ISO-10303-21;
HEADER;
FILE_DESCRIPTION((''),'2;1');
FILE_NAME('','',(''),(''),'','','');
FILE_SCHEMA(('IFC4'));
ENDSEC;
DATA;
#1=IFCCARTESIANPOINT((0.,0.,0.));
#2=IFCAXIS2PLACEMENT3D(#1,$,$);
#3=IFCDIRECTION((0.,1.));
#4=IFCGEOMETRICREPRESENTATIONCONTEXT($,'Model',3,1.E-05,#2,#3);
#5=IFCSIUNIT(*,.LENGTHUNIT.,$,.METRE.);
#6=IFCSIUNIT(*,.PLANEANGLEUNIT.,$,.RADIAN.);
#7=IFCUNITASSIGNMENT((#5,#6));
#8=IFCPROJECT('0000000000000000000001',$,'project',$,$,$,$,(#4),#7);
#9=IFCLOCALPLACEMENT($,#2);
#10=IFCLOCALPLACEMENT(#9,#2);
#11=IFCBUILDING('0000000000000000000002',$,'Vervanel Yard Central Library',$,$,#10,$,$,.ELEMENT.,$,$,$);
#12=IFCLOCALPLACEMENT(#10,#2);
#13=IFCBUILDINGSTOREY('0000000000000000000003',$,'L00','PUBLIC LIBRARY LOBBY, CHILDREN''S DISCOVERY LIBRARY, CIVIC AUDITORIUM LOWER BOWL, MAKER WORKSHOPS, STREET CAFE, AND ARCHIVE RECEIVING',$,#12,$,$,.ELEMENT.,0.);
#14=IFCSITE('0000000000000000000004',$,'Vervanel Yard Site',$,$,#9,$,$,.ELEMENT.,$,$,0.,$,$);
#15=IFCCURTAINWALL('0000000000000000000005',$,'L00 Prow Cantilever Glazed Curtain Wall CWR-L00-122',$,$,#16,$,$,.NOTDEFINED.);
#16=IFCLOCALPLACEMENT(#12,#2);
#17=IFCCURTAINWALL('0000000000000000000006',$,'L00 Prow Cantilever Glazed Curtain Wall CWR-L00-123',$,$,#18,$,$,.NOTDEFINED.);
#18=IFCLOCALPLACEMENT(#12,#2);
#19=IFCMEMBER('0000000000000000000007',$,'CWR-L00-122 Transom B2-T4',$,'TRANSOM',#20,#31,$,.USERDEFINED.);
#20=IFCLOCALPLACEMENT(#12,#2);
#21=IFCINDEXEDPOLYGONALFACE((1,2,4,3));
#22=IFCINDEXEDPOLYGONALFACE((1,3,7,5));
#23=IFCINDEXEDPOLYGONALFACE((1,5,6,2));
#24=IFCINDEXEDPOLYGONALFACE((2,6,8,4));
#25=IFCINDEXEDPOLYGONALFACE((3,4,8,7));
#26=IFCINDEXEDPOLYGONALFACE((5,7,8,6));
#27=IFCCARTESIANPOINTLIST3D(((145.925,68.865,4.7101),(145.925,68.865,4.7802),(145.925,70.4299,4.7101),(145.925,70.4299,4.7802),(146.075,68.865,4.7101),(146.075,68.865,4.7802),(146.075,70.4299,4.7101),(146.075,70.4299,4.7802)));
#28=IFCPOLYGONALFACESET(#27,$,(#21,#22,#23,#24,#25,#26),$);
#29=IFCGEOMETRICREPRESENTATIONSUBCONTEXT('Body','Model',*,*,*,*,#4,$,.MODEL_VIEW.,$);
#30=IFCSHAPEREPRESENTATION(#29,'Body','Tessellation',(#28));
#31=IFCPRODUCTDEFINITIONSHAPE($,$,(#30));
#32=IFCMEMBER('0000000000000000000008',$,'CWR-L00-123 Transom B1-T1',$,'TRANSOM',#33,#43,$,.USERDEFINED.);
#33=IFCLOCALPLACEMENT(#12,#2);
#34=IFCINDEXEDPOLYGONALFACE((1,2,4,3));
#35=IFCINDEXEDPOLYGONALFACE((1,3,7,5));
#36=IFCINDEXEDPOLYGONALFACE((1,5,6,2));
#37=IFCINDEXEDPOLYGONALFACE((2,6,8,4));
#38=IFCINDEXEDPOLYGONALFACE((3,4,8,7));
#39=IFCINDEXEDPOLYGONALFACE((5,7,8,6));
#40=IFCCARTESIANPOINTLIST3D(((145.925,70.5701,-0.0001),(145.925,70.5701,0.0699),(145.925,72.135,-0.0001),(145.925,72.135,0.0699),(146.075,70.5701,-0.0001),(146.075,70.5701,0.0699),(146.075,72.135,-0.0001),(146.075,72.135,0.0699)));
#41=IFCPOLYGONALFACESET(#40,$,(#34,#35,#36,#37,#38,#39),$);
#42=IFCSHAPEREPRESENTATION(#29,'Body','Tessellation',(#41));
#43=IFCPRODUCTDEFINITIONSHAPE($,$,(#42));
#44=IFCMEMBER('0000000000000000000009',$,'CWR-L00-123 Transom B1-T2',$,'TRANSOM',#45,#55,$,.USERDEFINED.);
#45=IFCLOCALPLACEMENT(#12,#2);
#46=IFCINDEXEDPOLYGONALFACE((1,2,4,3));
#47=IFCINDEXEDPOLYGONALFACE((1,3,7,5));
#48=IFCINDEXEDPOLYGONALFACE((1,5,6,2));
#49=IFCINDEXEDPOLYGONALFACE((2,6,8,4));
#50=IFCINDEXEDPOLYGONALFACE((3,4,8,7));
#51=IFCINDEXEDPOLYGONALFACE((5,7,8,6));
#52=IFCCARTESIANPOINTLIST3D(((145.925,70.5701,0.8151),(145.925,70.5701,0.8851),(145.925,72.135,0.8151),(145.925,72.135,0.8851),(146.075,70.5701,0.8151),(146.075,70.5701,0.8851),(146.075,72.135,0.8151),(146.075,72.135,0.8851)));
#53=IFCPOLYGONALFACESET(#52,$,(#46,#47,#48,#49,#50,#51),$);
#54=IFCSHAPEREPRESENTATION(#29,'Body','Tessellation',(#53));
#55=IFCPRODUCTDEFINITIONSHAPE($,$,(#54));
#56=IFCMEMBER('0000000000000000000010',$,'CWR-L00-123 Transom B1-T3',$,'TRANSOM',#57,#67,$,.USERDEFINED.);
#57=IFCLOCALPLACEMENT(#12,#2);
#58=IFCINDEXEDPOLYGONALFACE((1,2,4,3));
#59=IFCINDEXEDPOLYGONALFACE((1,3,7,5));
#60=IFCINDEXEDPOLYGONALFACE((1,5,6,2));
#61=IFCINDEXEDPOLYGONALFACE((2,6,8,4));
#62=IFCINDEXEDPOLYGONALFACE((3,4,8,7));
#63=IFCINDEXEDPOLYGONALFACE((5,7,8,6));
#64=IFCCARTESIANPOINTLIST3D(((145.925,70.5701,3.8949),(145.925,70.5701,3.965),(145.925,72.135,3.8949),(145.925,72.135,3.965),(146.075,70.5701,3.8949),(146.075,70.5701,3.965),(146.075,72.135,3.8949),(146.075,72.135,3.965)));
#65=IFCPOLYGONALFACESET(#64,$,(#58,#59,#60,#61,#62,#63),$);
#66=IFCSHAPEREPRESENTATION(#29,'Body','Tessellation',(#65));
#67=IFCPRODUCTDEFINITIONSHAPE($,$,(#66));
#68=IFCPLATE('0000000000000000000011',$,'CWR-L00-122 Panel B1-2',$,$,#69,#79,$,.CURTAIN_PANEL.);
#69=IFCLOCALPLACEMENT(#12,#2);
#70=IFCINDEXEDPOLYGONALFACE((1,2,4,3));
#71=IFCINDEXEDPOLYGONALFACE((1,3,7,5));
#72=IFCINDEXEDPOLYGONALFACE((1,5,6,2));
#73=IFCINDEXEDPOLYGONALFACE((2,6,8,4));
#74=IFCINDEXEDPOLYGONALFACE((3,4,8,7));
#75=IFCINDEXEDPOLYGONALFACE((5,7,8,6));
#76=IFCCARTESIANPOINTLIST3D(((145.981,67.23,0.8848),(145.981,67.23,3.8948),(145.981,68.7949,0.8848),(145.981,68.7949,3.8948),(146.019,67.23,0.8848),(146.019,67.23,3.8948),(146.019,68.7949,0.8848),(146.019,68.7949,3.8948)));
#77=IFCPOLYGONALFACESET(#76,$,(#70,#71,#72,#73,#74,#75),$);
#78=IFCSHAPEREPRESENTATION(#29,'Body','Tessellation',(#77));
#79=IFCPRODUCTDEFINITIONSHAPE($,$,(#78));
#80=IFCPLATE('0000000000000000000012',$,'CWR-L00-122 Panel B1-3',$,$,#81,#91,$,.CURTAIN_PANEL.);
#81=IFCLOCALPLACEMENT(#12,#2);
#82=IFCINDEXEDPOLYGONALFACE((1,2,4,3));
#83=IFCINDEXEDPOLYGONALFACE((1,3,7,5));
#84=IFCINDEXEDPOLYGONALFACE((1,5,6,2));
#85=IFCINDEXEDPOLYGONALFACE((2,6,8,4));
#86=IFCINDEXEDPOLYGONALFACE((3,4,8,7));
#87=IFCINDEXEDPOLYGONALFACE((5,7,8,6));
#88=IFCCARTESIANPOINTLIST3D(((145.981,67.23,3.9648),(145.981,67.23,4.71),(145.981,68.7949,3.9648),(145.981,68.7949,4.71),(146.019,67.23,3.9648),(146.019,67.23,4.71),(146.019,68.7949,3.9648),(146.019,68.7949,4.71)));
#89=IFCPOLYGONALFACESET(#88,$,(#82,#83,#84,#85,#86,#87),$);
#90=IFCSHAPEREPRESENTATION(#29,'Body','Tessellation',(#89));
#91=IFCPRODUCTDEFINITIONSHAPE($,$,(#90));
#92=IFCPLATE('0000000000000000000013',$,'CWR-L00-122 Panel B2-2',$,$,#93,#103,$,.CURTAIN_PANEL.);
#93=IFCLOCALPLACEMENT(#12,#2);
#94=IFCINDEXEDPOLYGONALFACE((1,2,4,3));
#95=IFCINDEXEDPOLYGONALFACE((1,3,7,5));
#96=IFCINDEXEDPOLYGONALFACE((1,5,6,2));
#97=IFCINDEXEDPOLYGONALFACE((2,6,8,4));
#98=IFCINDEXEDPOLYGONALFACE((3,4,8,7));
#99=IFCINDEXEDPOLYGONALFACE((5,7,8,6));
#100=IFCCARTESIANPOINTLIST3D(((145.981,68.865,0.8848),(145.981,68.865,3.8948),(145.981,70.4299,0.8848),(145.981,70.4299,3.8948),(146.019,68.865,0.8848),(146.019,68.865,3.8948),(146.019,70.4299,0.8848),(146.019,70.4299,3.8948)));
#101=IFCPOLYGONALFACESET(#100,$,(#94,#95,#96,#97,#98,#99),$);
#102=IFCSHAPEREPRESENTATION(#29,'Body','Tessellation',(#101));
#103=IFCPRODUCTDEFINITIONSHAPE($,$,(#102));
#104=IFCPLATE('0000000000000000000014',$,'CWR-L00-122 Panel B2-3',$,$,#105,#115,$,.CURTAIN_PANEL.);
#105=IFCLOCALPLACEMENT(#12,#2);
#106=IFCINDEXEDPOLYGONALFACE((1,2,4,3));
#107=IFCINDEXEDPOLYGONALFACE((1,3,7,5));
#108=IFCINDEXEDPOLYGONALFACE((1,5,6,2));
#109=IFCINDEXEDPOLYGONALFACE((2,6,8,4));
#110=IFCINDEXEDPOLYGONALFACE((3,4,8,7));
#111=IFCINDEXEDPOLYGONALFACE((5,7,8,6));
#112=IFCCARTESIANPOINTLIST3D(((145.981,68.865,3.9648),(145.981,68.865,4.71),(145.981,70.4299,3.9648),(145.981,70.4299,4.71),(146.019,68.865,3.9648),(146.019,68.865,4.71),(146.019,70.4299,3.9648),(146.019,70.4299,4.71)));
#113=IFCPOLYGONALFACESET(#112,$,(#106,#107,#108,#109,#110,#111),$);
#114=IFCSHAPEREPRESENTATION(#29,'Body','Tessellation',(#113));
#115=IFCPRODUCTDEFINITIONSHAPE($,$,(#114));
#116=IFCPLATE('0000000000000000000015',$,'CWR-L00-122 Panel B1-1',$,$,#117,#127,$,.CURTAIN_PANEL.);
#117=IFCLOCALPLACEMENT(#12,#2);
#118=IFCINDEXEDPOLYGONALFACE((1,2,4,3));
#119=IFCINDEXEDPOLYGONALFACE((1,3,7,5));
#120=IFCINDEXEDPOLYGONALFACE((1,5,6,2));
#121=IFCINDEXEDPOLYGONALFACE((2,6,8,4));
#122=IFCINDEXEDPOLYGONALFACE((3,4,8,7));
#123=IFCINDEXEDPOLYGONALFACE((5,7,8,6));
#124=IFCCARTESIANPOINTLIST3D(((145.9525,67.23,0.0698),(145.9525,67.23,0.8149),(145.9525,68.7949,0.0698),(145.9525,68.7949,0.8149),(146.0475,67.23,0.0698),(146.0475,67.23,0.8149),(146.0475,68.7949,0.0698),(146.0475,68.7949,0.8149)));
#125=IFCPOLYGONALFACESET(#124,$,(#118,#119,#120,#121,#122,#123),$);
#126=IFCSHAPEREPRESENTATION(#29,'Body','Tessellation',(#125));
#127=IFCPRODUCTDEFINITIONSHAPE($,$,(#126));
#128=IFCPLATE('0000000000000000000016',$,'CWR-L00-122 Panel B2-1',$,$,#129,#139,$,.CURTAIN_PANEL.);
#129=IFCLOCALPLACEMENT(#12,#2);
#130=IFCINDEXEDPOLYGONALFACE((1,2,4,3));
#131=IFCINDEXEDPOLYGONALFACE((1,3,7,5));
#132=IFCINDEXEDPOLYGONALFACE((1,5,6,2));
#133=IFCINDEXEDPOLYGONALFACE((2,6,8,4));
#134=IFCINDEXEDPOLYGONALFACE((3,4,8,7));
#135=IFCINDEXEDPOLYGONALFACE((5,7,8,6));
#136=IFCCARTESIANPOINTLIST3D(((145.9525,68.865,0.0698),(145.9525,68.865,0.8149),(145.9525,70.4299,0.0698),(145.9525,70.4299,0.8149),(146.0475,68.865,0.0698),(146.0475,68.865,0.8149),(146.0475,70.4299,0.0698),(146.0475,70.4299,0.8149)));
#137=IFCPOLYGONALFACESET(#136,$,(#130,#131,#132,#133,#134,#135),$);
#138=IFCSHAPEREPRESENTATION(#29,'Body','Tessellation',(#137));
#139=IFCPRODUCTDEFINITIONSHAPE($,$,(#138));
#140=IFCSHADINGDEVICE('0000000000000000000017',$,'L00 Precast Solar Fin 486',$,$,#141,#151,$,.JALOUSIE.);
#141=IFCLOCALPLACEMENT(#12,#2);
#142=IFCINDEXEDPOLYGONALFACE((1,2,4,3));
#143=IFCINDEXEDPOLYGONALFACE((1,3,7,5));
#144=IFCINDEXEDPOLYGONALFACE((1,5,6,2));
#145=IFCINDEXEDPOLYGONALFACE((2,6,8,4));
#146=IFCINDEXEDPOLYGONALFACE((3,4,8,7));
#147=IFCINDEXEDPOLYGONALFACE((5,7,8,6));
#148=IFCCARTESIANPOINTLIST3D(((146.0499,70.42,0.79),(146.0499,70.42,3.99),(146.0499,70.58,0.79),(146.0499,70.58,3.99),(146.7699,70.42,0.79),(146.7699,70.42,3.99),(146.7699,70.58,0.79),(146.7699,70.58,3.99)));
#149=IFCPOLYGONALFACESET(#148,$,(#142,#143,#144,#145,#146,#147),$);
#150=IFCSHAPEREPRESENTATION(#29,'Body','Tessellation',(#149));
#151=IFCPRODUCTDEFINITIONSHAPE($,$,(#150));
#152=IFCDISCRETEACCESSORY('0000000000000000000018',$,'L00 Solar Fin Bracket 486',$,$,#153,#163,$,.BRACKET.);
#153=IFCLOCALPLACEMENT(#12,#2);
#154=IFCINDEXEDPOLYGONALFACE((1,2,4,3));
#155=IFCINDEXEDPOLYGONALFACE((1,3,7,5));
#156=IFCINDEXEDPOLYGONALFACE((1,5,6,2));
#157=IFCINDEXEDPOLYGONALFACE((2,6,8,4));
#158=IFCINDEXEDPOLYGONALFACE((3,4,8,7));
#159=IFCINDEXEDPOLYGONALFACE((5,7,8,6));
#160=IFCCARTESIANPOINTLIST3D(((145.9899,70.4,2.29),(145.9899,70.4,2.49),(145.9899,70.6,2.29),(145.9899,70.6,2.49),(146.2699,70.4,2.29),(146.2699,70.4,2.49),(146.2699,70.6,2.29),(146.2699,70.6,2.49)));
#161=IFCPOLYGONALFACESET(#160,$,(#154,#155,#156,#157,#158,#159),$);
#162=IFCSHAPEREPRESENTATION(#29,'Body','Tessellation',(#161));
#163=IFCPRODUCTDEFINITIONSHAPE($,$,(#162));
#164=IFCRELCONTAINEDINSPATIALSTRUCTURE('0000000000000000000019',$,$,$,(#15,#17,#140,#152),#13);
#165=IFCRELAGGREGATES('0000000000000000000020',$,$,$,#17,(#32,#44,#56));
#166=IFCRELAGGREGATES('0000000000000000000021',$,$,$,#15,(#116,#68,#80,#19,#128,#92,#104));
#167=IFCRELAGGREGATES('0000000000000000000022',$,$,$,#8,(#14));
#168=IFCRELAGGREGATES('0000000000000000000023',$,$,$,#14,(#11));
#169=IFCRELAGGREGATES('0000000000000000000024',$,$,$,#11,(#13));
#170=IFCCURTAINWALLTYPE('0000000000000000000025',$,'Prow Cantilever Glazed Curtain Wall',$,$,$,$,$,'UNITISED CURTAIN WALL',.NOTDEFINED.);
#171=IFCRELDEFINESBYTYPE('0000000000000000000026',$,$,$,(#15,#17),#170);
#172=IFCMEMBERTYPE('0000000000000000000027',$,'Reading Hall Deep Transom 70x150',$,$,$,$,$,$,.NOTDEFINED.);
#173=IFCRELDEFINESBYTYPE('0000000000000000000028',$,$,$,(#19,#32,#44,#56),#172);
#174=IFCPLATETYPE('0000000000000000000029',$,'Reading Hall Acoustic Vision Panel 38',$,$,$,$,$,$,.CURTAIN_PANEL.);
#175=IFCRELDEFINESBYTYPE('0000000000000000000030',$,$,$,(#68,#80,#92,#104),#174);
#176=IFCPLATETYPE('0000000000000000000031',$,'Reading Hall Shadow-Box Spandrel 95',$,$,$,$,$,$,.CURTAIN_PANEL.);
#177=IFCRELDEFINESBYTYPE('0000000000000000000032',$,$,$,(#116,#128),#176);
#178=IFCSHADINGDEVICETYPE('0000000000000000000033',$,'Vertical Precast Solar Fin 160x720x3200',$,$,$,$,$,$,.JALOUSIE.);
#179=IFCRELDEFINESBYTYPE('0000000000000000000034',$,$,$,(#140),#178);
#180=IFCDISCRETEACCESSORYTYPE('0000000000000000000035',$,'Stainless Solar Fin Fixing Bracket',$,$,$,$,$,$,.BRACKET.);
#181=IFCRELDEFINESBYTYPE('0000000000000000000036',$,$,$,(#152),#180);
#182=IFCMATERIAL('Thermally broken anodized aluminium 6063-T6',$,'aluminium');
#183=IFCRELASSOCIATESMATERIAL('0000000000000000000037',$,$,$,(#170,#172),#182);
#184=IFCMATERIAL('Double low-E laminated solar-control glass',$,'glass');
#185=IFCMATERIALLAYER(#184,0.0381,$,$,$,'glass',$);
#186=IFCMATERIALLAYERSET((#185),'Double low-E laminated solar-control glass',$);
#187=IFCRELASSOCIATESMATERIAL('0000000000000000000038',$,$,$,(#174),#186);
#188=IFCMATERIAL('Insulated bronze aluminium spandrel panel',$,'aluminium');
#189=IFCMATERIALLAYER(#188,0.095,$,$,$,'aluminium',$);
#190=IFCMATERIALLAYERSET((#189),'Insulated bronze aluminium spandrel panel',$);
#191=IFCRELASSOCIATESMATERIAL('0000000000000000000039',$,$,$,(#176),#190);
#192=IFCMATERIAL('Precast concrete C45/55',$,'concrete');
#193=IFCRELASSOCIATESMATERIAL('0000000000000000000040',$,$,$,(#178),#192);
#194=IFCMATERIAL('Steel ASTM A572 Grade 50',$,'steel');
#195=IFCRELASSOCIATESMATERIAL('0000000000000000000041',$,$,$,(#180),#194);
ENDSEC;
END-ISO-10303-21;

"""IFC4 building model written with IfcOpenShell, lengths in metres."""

from ifc_helpers import new_model, si_unit, direction, frame, origin, origin_2d, place, context, subcontext, project, spatial, rectangle, extrude, material, layer, layer_set, material_profile, profile_set, type_object, element, aggregate, save


model = new_model("IFC4")

# Units and contexts
model_context = context("Model", 3, precision=1e-05, world=origin(), true_north=direction((0.0, 1.0)))
body_context = subcontext(model_context, "Body", "Model", "MODEL_VIEW")
ifc_project = project(units=[si_unit("LENGTHUNIT", "METRE"), si_unit("PLANEANGLEUNIT", "RADIAN")], contexts=[model_context])

# Site, building, storey
site_placement = place(None, origin())
site = spatial("IfcSite", under=ifc_project, at=site_placement, Name="Vervanel Yard Site", CompositionType="ELEMENT", RefElevation=0.0)
building_placement = place(site_placement, origin())
building = spatial("IfcBuilding", under=site, at=building_placement, Name="Vervanel Yard Central Library", CompositionType="ELEMENT")
storey_placement = place(building_placement, origin())
storey = spatial("IfcBuildingStorey", under=building, at=storey_placement, Name="L00", Description="PUBLIC LIBRARY LOBBY, CHILDREN'S DISCOVERY LIBRARY, CIVIC AUDITORIUM LOWER BOWL, MAKER WORKSHOPS, STREET CAFE, AND ARCHIVE RECEIVING", CompositionType="ELEMENT", Elevation=0.0)

# Shared definitions
ifc_material_1 = material(Name="Thermally broken anodized aluminium 6063-T6", Category="aluminium")
curtain_wall_type = type_object("IfcCurtainWallType", Name="Prow Cantilever Glazed Curtain Wall", ElementType="UNITISED CURTAIN WALL", PredefinedType="NOTDEFINED", material=ifc_material_1)

# Curtain wall
curtain_wall_1_placement = place(storey_placement, origin())
curtain_wall_1 = element("IfcCurtainWall", 1, at=curtain_wall_1_placement, inside=storey, type_object=curtain_wall_type, Name="L00 Prow Cantilever Glazed Curtain Wall CWR-L00-122", PredefinedType="NOTDEFINED")

# Curtain wall
curtain_wall_2_placement = place(storey_placement, origin())
curtain_wall_2 = element("IfcCurtainWall", 2, at=curtain_wall_2_placement, inside=storey, type_object=curtain_wall_type, Name="L00 Prow Cantilever Glazed Curtain Wall CWR-L00-123", PredefinedType="NOTDEFINED")

# Members
ifc_material_profile_1 = material_profile(ifc_material_1, rectangle(XDim=0.0701, YDim=0.1499, at=origin_2d()), Name="ALU 70x150", Category="aluminium")
ifc_profile_set_1 = profile_set([ifc_material_profile_1], Name="Thermally broken anodized aluminium 6063-T6")
member_type_1 = type_object("IfcMemberType", Name="Reading Hall Deep Transom 70x150", PredefinedType="NOTDEFINED", material=ifc_profile_set_1)
member_1_placement = place(storey_placement, frame((146.0, 68.865, 4.7451), z_axis=(0.0, 1.0, 0.0), x_axis=(0.0, 0.0, 1.0)))
member_1 = element("IfcMember", 3, at=member_1_placement, type_object=member_type_1, Name="CWR-L00-122 Transom B2-T4", ObjectType="TRANSOM", PredefinedType="USERDEFINED", context=body_context, shape_type="SweptSolid", body=[
    extrude(rectangle(XDim=0.0701, YDim=0.1499, at=origin_2d()), origin(), (0.0, 0.0, 1.0), 1.5649),
])
member_2_placement = place(storey_placement, frame((146.0, 70.5701, 0.0349), z_axis=(0.0, 1.0, 0.0), x_axis=(0.0, 0.0, 1.0)))
member_2 = element("IfcMember", 4, at=member_2_placement, type_object=member_type_1, Name="CWR-L00-123 Transom B1-T1", ObjectType="TRANSOM", PredefinedType="USERDEFINED", context=body_context, shape_type="SweptSolid", body=[
    extrude(rectangle(XDim=0.0701, YDim=0.1499, at=origin_2d()), origin(), (0.0, 0.0, 1.0), 1.5649),
])
member_3_placement = place(storey_placement, frame((146.0, 70.5701, 0.8501), z_axis=(0.0, 1.0, 0.0), x_axis=(0.0, 0.0, 1.0)))
member_3 = element("IfcMember", 5, at=member_3_placement, type_object=member_type_1, Name="CWR-L00-123 Transom B1-T2", ObjectType="TRANSOM", PredefinedType="USERDEFINED", context=body_context, shape_type="SweptSolid", body=[
    extrude(rectangle(XDim=0.0701, YDim=0.1499, at=origin_2d()), origin(), (0.0, 0.0, 1.0), 1.5649),
])
member_4_placement = place(storey_placement, frame((146.0, 70.5701, 3.9299), z_axis=(0.0, 1.0, 0.0), x_axis=(0.0, 0.0, 1.0)))
member_4 = element("IfcMember", 6, at=member_4_placement, type_object=member_type_1, Name="CWR-L00-123 Transom B1-T3", ObjectType="TRANSOM", PredefinedType="USERDEFINED", context=body_context, shape_type="SweptSolid", body=[
    extrude(rectangle(XDim=0.0701, YDim=0.1499, at=origin_2d()), origin(), (0.0, 0.0, 1.0), 1.5649),
])
aggregate(curtain_wall_2, [member_2, member_3, member_4])

# Plates
ifc_material_2 = material(Name="Double low-E laminated solar-control glass", Category="glass")
ifc_layer_1 = layer(ifc_material_2, 0.0381, Category="glass")
ifc_layer_set_1 = layer_set([ifc_layer_1], Name="Double low-E laminated solar-control glass")
plate_type_1 = type_object("IfcPlateType", Name="Reading Hall Acoustic Vision Panel 38", PredefinedType="CURTAIN_PANEL", material=ifc_layer_set_1)
plate_1_placement = place(storey_placement, frame((146.0, 68.0125, 0.8848), z_axis=(0.0, 0.0, 1.0), x_axis=(0.0, 1.0, 0.0)))
plate_1 = element("IfcPlate", 7, at=plate_1_placement, type_object=plate_type_1, Name="CWR-L00-122 Panel B1-2", PredefinedType="CURTAIN_PANEL", context=body_context, shape_type="SweptSolid", body=[
    extrude(rectangle(XDim=1.5649, YDim=0.0381, at=origin_2d()), origin(), (0.0, 0.0, 1.0), 3.01),
])
plate_2_placement = place(storey_placement, frame((146.0, 68.0125, 3.9648), z_axis=(0.0, 0.0, 1.0), x_axis=(0.0, 1.0, 0.0)))
plate_2 = element("IfcPlate", 8, at=plate_2_placement, type_object=plate_type_1, Name="CWR-L00-122 Panel B1-3", PredefinedType="CURTAIN_PANEL", context=body_context, shape_type="SweptSolid", body=[
    extrude(rectangle(XDim=1.5649, YDim=0.0381, at=origin_2d()), origin(), (0.0, 0.0, 1.0), 0.7451),
])
plate_3_placement = place(storey_placement, frame((146.0, 69.6475, 0.8848), z_axis=(0.0, 0.0, 1.0), x_axis=(0.0, 1.0, 0.0)))
plate_3 = element("IfcPlate", 9, at=plate_3_placement, type_object=plate_type_1, Name="CWR-L00-122 Panel B2-2", PredefinedType="CURTAIN_PANEL", context=body_context, shape_type="SweptSolid", body=[
    extrude(rectangle(XDim=1.5649, YDim=0.0381, at=origin_2d()), origin(), (0.0, 0.0, 1.0), 3.01),
])
plate_4_placement = place(storey_placement, frame((146.0, 69.6475, 3.9648), z_axis=(0.0, 0.0, 1.0), x_axis=(0.0, 1.0, 0.0)))
plate_4 = element("IfcPlate", 10, at=plate_4_placement, type_object=plate_type_1, Name="CWR-L00-122 Panel B2-3", PredefinedType="CURTAIN_PANEL", context=body_context, shape_type="SweptSolid", body=[
    extrude(rectangle(XDim=1.5649, YDim=0.0381, at=origin_2d()), origin(), (0.0, 0.0, 1.0), 0.7451),
])
ifc_material_3 = material(Name="Insulated bronze aluminium spandrel panel", Category="aluminium")
ifc_layer_2 = layer(ifc_material_3, 0.095, Category="aluminium")
ifc_layer_set_2 = layer_set([ifc_layer_2], Name="Insulated bronze aluminium spandrel panel")
plate_type_2 = type_object("IfcPlateType", Name="Reading Hall Shadow-Box Spandrel 95", PredefinedType="CURTAIN_PANEL", material=ifc_layer_set_2)
plate_5_placement = place(storey_placement, frame((146.0, 68.0125, 0.0698), z_axis=(0.0, 0.0, 1.0), x_axis=(0.0, 1.0, 0.0)))
plate_5 = element("IfcPlate", 11, at=plate_5_placement, type_object=plate_type_2, Name="CWR-L00-122 Panel B1-1", PredefinedType="CURTAIN_PANEL", context=body_context, shape_type="SweptSolid", body=[
    extrude(rectangle(XDim=1.5649, YDim=0.095, at=origin_2d()), origin(), (0.0, 0.0, 1.0), 0.7451),
])
plate_6_placement = place(storey_placement, frame((146.0, 69.6475, 0.0698), z_axis=(0.0, 0.0, 1.0), x_axis=(0.0, 1.0, 0.0)))
plate_6 = element("IfcPlate", 12, at=plate_6_placement, type_object=plate_type_2, Name="CWR-L00-122 Panel B2-1", PredefinedType="CURTAIN_PANEL", context=body_context, shape_type="SweptSolid", body=[
    extrude(rectangle(XDim=1.5649, YDim=0.095, at=origin_2d()), origin(), (0.0, 0.0, 1.0), 0.7451),
])
aggregate(curtain_wall_1, [plate_5, plate_1, plate_2, member_1, plate_6, plate_3, plate_4])

# Shading device
ifc_material_4 = material(Name="Precast concrete C45/55", Category="concrete")
shading_device_type = type_object("IfcShadingDeviceType", Name="Vertical Precast Solar Fin 160x720x3200", PredefinedType="JALOUSIE", material=ifc_material_4)
shading_device_placement = place(storey_placement, frame((146.4099, 70.5, 0.79), z_axis=(0.0, 0.0, 1.0), x_axis=(0.0, 1.0, 0.0)))
element("IfcShadingDevice", 13, at=shading_device_placement, inside=storey, type_object=shading_device_type, Name="L00 Precast Solar Fin 486", PredefinedType="JALOUSIE", context=body_context, shape_type="SweptSolid", body=[
    extrude(rectangle(XDim=0.1599, YDim=0.72, at=origin_2d()), origin(), (0.0, 0.0, 1.0), 3.2),
])

# Discrete accessory
ifc_material_5 = material(Name="Steel ASTM A572 Grade 50", Category="steel")
discrete_accessory_type = type_object("IfcDiscreteAccessoryType", Name="Stainless Solar Fin Fixing Bracket", PredefinedType="BRACKET", material=ifc_material_5)
discrete_accessory_placement = place(storey_placement, frame((146.1299, 70.5, 2.29), z_axis=(0.0, 0.0, 1.0), x_axis=(0.0, 1.0, 0.0)))
element("IfcDiscreteAccessory", 14, at=discrete_accessory_placement, inside=storey, type_object=discrete_accessory_type, Name="L00 Solar Fin Bracket 486", PredefinedType="BRACKET", context=body_context, shape_type="SweptSolid", body=[
    extrude(rectangle(XDim=0.2, YDim=0.28, at=origin_2d()), origin(), (0.0, 0.0, 1.0), 0.2),
])

save(model, "model.ifc")
